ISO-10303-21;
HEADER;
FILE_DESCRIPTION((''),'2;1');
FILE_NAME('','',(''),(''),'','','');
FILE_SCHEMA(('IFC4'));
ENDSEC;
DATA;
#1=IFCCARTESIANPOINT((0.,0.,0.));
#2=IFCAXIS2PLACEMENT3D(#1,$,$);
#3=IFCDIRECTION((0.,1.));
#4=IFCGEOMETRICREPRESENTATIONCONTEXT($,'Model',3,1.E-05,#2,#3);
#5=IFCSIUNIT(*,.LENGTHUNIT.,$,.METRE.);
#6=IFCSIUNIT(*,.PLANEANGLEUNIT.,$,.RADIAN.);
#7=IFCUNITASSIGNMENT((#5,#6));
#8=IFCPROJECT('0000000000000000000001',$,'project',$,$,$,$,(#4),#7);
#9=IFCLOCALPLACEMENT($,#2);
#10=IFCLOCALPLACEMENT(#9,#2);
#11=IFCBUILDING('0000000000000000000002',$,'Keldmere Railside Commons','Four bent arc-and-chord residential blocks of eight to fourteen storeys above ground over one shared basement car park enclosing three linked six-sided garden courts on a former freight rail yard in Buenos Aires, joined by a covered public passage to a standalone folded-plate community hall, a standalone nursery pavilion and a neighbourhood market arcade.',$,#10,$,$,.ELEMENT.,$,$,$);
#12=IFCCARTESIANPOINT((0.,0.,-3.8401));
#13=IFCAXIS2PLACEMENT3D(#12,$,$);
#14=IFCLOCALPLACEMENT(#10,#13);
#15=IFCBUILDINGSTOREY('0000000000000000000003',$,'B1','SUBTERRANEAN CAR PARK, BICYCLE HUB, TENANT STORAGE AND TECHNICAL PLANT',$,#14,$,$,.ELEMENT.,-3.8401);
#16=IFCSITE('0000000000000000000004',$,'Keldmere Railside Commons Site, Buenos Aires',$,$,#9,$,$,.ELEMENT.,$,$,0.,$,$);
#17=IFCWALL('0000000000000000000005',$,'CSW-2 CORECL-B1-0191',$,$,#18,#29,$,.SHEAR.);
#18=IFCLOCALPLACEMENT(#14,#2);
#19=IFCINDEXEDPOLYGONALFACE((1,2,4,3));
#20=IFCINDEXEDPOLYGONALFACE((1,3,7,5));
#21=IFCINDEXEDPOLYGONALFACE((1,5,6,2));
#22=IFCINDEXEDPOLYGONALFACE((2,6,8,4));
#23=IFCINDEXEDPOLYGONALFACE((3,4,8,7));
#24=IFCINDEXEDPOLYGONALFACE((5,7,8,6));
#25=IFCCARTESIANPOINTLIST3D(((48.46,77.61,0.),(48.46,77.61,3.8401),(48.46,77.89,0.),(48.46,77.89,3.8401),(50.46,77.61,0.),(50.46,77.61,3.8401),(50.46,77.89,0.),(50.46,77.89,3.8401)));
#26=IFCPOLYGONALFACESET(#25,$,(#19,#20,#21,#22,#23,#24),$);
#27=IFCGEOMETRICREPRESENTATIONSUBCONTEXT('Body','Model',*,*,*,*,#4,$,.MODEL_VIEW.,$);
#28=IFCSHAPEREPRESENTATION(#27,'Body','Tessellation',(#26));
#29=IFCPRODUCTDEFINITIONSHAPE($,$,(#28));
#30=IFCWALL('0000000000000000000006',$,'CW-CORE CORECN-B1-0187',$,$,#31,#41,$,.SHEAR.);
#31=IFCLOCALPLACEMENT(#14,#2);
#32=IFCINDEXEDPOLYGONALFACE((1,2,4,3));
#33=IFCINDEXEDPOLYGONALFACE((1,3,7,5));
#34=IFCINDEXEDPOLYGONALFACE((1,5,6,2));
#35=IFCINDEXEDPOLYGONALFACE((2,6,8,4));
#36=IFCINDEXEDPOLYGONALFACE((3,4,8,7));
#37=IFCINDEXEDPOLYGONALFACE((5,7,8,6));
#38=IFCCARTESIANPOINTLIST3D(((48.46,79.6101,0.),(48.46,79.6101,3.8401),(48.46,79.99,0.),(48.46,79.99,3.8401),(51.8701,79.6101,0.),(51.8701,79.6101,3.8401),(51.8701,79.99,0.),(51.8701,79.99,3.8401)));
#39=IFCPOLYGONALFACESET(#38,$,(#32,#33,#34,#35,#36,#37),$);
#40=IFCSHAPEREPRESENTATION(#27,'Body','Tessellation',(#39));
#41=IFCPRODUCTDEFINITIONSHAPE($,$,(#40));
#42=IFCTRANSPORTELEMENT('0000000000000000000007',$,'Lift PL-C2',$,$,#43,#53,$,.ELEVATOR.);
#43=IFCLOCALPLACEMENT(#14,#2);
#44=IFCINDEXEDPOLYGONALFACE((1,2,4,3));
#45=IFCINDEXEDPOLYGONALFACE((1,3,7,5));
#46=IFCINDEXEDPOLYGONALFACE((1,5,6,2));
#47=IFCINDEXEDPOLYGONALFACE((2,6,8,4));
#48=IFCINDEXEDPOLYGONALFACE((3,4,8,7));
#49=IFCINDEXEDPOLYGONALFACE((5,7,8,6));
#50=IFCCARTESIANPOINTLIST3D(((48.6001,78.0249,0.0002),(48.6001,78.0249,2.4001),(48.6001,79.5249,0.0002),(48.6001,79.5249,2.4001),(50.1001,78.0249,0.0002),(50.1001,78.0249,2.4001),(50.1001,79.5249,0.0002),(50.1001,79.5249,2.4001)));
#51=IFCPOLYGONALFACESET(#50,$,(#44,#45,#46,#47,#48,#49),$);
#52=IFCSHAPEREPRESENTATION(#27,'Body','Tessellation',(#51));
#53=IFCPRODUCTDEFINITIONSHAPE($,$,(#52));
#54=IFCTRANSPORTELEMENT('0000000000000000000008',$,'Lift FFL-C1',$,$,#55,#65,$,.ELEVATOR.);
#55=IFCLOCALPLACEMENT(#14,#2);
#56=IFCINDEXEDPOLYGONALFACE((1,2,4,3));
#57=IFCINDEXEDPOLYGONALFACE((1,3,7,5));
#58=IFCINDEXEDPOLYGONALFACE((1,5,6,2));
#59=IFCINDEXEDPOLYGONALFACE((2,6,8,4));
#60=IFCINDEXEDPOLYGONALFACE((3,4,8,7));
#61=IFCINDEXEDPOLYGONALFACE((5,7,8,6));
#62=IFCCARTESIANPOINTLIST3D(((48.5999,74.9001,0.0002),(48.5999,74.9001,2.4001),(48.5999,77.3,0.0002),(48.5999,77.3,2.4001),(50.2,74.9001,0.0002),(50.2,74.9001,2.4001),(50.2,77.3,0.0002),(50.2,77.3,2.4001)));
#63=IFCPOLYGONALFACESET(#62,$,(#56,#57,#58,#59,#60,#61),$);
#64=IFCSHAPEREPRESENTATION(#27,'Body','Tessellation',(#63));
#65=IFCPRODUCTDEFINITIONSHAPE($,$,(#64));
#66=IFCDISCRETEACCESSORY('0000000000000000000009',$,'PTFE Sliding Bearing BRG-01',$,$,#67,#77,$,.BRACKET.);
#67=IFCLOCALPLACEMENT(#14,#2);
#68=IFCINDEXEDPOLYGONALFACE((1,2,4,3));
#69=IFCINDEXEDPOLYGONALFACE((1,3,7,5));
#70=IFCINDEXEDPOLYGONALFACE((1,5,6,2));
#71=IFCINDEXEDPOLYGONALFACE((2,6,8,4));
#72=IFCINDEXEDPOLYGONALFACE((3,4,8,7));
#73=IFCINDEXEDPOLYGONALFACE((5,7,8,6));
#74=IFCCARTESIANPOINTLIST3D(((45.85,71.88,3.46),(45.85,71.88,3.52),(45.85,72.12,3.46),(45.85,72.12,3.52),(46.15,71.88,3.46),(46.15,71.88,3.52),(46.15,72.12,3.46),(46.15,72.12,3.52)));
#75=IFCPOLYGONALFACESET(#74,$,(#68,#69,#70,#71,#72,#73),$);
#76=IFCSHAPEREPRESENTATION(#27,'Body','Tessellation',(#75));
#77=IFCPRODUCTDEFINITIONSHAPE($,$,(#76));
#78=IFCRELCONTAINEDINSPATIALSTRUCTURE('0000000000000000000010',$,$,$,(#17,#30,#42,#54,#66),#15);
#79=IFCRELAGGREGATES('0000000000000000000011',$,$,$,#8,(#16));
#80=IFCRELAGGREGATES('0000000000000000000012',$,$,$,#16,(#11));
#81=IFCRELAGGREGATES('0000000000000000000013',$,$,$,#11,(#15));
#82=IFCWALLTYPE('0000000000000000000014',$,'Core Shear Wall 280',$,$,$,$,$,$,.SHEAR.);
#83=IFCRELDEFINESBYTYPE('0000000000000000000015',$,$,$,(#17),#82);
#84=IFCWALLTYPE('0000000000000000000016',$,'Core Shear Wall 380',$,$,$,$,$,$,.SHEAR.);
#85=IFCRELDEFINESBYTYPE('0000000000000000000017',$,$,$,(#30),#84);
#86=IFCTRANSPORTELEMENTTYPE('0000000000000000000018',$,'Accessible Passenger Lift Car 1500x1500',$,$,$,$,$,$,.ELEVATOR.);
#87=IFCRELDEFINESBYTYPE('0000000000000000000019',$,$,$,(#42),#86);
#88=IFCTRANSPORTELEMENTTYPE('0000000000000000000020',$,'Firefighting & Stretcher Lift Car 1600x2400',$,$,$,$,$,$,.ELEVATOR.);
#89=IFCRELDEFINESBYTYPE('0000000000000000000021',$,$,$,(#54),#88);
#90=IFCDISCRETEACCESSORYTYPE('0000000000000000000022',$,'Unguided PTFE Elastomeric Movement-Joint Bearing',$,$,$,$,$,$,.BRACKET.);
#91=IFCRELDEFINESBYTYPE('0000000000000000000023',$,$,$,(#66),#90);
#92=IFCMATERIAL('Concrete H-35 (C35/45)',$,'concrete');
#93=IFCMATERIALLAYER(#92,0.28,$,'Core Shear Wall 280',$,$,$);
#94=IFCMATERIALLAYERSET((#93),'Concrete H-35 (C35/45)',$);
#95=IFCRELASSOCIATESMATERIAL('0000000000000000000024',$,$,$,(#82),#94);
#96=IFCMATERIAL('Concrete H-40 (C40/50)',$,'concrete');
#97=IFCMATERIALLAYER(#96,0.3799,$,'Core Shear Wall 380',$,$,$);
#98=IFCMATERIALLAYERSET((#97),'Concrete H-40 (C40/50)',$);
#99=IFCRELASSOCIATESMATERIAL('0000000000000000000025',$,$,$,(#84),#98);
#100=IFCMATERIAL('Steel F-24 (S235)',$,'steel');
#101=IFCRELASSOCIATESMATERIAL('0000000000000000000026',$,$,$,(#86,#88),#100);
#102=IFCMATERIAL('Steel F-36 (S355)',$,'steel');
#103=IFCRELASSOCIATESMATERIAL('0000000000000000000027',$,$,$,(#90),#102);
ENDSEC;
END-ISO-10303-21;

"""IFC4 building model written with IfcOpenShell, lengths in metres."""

from ifc_helpers import new_model, si_unit, direction, frame, frame_2d, origin, origin_2d, place, context, subcontext, project, spatial, rectangle, extrude, material, layer, layer_set, type_object, element, save


model = new_model("IFC4")

# Units and contexts
model_context = context("Model", 3, precision=1e-05, world=origin(), true_north=direction((0.0, 1.0)))
body_context = subcontext(model_context, "Body", "Model", "MODEL_VIEW")
ifc_project = project(units=[si_unit("LENGTHUNIT", "METRE"), si_unit("PLANEANGLEUNIT", "RADIAN")], contexts=[model_context])

# Site, building, storey
site_placement = place(None, origin())
site = spatial("IfcSite", under=ifc_project, at=site_placement, Name="Keldmere Railside Commons Site, Buenos Aires", CompositionType="ELEMENT", RefElevation=0.0)
building_placement = place(site_placement, origin())
building = spatial("IfcBuilding", under=site, at=building_placement, Name="Keldmere Railside Commons", Description="Four bent arc-and-chord residential blocks of eight to fourteen storeys above ground over one shared basement car park enclosing three linked six-sided garden courts on a former freight rail yard in Buenos Aires, joined by a covered public passage to a standalone folded-plate community hall, a standalone nursery pavilion and a neighbourhood market arcade.", CompositionType="ELEMENT")
storey_placement = place(building_placement, frame((0.0, 0.0, -3.8401)))
storey = spatial("IfcBuildingStorey", under=building, at=storey_placement, Name="B1", Description="SUBTERRANEAN CAR PARK, BICYCLE HUB, TENANT STORAGE AND TECHNICAL PLANT", CompositionType="ELEMENT", Elevation=-3.8401)

# Shared definitions
ifc_material_1 = material(Name="Concrete H-40 (C40/50)", Category="concrete")

# Shared definitions
ifc_material_2 = material(Name="Concrete H-35 (C35/45)", Category="concrete")

# Walls
ifc_layer_1 = layer(ifc_material_2, 0.28, Name="Core Shear Wall 280")
ifc_layer_set_1 = layer_set([ifc_layer_1], Name="Concrete H-35 (C35/45)")
wall_type_1 = type_object("IfcWallType", Name="Core Shear Wall 280", PredefinedType="SHEAR", material=ifc_layer_set_1)
wall_1_placement = place(storey_placement, frame((48.46, 77.75, 0.0), z_axis=(0.0, 0.0, 1.0), x_axis=(1.0, 0.0, 0.0)))
element("IfcWall", 1, at=wall_1_placement, inside=storey, type_object=wall_type_1, Name="CSW-2 CORECL-B1-0191", PredefinedType="SHEAR", context=body_context, shape_type="SweptSolid", body=[
    extrude(rectangle(XDim=2.0, YDim=0.28, at=frame_2d((1.0, 0.0))), origin(), (0.0, 0.0, 1.0), 3.8401),
])
ifc_layer_2 = layer(ifc_material_1, 0.3799, Name="Core Shear Wall 380")
ifc_layer_set_2 = layer_set([ifc_layer_2], Name="Concrete H-40 (C40/50)")
wall_type_2 = type_object("IfcWallType", Name="Core Shear Wall 380", PredefinedType="SHEAR", material=ifc_layer_set_2)
wall_2_placement = place(storey_placement, frame((48.46, 79.8, 0.0), z_axis=(0.0, 0.0, 1.0), x_axis=(1.0, 0.0, 0.0)))
element("IfcWall", 2, at=wall_2_placement, inside=storey, type_object=wall_type_2, Name="CW-CORE CORECN-B1-0187", PredefinedType="SHEAR", context=body_context, shape_type="SweptSolid", body=[
    extrude(rectangle(XDim=3.4102, YDim=0.3799, at=frame_2d((1.7051, 0.0))), origin(), (0.0, 0.0, 1.0), 3.8401),
])

# Transport elements
ifc_material_3 = material(Name="Steel F-24 (S235)", Category="steel")
transport_element_type_1 = type_object("IfcTransportElementType", Name="Accessible Passenger Lift Car 1500x1500", PredefinedType="ELEVATOR", material=ifc_material_3)
transport_element_1_placement = place(storey_placement, frame((49.3501, 78.7749, 0.0002), z_axis=(0.0, 0.0, 1.0), x_axis=(1.0, 0.0, 0.0)))
element("IfcTransportElement", 3, at=transport_element_1_placement, inside=storey, type_object=transport_element_type_1, Name="Lift PL-C2", PredefinedType="ELEVATOR", context=body_context, shape_type="SweptSolid", body=[
    extrude(rectangle(XDim=1.5, YDim=1.5, at=origin_2d()), origin(), (0.0, 0.0, 1.0), 2.3999),
])
transport_element_type_2 = type_object("IfcTransportElementType", Name="Firefighting & Stretcher Lift Car 1600x2400", PredefinedType="ELEVATOR", material=ifc_material_3)
transport_element_2_placement = place(storey_placement, frame((49.3999, 76.1001, 0.0002), z_axis=(0.0, 0.0, 1.0), x_axis=(1.0, 0.0, 0.0)))
element("IfcTransportElement", 4, at=transport_element_2_placement, inside=storey, type_object=transport_element_type_2, Name="Lift FFL-C1", PredefinedType="ELEVATOR", context=body_context, shape_type="SweptSolid", body=[
    extrude(rectangle(XDim=1.6001, YDim=2.3999, at=origin_2d()), origin(), (0.0, 0.0, 1.0), 2.3999),
])

# Discrete accessory
ifc_material_4 = material(Name="Steel F-36 (S355)", Category="steel")
discrete_accessory_type = type_object("IfcDiscreteAccessoryType", Name="Unguided PTFE Elastomeric Movement-Joint Bearing", PredefinedType="BRACKET", material=ifc_material_4)
discrete_accessory_placement = place(storey_placement, frame((46.0, 72.0, 3.46), z_axis=(0.0, 0.0, 1.0), x_axis=(1.0, 0.0, 0.0)))
element("IfcDiscreteAccessory", 5, at=discrete_accessory_placement, inside=storey, type_object=discrete_accessory_type, Name="PTFE Sliding Bearing BRG-01", PredefinedType="BRACKET", context=body_context, shape_type="SweptSolid", body=[
    extrude(rectangle(XDim=0.3, YDim=0.24, at=origin_2d()), origin(), (0.0, 0.0, 1.0), 0.0601),
])

save(model, "model.ifc")
